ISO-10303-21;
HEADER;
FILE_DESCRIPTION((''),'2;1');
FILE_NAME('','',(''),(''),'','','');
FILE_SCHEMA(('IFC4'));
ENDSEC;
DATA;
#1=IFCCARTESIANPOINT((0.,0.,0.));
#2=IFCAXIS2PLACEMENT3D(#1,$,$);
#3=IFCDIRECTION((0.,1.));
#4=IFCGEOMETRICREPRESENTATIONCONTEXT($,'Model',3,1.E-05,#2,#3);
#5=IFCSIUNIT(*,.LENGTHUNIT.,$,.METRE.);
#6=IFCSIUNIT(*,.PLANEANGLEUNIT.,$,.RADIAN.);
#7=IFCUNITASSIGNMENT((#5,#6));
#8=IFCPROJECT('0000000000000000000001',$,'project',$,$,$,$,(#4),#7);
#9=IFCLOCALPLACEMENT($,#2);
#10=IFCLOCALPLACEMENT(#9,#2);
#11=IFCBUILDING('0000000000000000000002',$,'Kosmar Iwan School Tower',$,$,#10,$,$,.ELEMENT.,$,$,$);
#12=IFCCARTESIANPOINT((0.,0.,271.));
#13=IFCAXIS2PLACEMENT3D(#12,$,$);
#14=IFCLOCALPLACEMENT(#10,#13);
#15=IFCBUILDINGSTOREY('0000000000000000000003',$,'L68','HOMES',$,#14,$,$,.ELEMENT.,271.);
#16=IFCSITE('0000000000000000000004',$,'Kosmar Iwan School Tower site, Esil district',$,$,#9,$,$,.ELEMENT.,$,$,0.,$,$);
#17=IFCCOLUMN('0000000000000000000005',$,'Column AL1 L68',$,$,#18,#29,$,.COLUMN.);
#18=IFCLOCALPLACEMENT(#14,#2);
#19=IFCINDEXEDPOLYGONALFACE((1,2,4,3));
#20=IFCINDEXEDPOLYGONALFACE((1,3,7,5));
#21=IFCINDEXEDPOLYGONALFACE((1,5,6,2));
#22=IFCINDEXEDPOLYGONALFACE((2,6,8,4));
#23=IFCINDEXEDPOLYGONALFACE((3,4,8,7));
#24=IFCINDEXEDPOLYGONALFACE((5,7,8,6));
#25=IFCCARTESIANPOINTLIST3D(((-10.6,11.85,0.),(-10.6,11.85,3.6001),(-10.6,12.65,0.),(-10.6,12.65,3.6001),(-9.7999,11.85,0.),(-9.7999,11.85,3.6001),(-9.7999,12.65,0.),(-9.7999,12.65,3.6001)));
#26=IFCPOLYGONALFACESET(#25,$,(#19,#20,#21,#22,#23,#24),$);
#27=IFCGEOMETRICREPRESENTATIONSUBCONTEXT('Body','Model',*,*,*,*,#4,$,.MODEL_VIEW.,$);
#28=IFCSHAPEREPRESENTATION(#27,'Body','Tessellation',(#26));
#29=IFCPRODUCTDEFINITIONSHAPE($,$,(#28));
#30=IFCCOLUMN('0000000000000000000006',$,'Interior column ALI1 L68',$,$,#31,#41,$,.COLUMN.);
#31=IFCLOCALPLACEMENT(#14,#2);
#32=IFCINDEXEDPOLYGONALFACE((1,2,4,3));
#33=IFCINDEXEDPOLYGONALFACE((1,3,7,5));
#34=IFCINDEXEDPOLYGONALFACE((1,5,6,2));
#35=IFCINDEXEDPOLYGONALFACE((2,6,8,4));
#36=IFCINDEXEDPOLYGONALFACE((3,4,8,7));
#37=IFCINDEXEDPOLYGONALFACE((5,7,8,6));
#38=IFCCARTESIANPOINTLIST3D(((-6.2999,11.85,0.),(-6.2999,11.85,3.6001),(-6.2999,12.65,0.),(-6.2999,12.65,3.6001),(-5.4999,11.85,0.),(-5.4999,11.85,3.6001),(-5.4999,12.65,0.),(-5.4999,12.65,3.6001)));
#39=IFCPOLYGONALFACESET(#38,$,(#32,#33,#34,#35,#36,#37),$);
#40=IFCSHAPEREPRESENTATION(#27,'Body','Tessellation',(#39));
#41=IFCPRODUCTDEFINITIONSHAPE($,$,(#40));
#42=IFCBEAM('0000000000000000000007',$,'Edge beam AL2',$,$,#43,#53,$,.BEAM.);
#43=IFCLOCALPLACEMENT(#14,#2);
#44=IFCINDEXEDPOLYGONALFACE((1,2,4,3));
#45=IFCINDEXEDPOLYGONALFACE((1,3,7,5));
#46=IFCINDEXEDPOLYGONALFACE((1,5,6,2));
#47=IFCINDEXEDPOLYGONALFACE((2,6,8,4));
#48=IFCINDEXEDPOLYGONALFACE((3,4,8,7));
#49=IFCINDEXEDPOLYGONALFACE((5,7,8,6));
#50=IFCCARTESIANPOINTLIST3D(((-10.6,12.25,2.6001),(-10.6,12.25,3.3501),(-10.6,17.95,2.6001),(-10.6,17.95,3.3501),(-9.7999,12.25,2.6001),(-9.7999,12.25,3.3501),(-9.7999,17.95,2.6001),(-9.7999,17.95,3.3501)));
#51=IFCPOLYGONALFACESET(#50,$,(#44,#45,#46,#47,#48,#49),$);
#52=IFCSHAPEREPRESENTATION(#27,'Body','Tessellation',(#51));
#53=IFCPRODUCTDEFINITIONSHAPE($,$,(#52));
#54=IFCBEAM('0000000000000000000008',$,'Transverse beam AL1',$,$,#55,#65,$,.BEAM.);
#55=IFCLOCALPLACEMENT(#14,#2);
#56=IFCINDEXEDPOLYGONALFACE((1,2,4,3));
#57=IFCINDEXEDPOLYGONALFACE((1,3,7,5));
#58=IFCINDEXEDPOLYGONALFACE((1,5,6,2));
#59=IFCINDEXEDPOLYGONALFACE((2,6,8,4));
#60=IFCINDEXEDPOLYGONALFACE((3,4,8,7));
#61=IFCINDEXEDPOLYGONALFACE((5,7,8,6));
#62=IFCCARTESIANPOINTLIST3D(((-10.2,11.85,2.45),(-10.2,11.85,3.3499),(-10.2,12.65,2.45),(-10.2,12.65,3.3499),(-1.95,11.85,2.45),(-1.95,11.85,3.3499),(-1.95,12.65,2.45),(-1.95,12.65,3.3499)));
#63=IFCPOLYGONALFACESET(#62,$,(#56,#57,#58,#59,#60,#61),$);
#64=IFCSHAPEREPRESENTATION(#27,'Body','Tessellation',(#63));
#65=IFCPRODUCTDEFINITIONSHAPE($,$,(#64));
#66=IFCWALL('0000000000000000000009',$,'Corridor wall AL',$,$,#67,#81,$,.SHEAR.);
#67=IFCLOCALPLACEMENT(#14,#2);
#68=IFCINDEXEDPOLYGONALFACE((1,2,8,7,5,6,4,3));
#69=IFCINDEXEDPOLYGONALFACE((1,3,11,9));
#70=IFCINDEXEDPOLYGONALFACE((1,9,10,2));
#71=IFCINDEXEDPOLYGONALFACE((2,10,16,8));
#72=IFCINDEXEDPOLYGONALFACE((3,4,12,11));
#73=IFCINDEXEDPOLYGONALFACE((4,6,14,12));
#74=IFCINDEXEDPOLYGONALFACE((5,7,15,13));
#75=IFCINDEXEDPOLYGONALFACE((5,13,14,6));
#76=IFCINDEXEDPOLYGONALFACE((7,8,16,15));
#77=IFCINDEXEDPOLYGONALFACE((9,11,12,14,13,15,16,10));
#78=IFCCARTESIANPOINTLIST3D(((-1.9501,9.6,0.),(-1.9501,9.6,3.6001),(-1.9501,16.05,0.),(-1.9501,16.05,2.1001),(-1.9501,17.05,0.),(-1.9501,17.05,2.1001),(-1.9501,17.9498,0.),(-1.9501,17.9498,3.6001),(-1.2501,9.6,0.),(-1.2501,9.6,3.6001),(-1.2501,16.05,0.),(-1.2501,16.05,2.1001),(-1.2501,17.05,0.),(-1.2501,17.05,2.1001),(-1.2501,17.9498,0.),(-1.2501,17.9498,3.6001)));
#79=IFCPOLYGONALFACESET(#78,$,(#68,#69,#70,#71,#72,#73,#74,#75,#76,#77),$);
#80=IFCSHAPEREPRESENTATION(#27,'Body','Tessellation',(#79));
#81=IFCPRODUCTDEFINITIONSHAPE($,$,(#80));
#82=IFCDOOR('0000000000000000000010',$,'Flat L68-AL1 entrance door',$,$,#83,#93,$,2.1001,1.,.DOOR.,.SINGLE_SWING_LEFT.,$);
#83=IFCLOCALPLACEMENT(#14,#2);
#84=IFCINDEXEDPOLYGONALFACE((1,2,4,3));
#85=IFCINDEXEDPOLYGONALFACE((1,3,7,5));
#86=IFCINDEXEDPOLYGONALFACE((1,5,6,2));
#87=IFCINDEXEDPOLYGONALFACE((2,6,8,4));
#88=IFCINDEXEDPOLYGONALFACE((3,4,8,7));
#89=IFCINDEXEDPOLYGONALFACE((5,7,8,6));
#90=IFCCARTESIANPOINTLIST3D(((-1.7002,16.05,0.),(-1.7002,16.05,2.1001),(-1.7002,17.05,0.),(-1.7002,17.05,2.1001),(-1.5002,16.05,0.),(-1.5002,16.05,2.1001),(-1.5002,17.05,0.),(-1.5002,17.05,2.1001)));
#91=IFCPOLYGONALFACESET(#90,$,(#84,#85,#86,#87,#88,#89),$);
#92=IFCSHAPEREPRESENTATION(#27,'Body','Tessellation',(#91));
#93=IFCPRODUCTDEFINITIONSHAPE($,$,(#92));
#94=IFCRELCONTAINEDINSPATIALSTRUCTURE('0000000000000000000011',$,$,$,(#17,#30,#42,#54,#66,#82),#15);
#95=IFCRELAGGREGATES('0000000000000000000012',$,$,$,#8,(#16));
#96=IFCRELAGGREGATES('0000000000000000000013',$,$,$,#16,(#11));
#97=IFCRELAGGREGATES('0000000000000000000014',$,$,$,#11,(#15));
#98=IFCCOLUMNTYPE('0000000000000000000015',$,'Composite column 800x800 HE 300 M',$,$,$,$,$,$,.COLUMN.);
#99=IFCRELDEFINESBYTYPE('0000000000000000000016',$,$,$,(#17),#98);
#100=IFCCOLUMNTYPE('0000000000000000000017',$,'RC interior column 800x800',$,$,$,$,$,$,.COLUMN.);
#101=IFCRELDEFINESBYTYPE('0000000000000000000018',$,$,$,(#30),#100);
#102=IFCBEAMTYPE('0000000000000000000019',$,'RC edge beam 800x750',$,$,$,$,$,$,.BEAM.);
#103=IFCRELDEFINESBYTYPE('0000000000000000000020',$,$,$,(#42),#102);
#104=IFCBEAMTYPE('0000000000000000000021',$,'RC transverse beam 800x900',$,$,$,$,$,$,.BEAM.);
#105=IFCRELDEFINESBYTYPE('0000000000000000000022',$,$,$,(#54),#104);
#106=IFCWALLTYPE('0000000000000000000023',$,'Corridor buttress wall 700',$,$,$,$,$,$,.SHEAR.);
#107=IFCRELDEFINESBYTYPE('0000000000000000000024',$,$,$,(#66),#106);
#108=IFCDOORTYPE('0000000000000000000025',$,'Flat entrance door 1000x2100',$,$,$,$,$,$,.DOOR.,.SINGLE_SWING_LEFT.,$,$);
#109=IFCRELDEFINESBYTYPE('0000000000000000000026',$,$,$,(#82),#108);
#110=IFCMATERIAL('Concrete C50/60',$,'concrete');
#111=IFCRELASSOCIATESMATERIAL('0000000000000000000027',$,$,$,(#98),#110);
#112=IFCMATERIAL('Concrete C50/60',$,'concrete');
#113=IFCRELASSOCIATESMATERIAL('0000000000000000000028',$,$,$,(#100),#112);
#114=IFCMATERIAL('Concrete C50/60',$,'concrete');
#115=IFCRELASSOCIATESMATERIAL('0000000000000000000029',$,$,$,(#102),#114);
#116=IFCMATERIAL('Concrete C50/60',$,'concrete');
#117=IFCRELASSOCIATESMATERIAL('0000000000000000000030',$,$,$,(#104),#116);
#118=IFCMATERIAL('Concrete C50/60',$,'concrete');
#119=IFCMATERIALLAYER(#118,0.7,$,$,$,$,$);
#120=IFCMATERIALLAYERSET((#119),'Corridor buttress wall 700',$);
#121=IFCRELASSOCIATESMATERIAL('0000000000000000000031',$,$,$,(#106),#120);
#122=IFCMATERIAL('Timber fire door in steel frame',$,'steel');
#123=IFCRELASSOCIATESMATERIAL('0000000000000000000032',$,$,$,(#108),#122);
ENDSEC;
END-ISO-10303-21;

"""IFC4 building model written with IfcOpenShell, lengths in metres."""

from ifc_helpers import new_model, si_unit, direction, frame, frame_2d, origin, origin_2d, place, context, subcontext, project, spatial, rectangle, extrude, material, layer, layer_set, material_profile, profile_set, type_object, element, fill, save


model = new_model("IFC4")

# Units and contexts
model_context = context("Model", 3, precision=1e-05, world=origin(), true_north=direction((0.0, 1.0)))
body_context = subcontext(model_context, "Body", "Model", "MODEL_VIEW")
ifc_project = project(units=[si_unit("LENGTHUNIT", "METRE"), si_unit("PLANEANGLEUNIT", "RADIAN")], contexts=[model_context])

# Site, building, storey
site_placement = place(None, origin())
site = spatial("IfcSite", under=ifc_project, at=site_placement, Name="Kosmar Iwan School Tower site, Esil district", CompositionType="ELEMENT", RefElevation=0.0)
building_placement = place(site_placement, origin())
building = spatial("IfcBuilding", under=site, at=building_placement, Name="Kosmar Iwan School Tower", CompositionType="ELEMENT")
storey_placement = place(building_placement, frame((0.0, 0.0, 271.0)))
storey = spatial("IfcBuildingStorey", under=building, at=storey_placement, Name="L68", Description="HOMES", CompositionType="ELEMENT", Elevation=271.0)

# Columns
ifc_material_1 = material(Name="Concrete C50/60", Category="concrete")
ifc_material_profile_1 = material_profile(ifc_material_1, rectangle(XDim=0.8, YDim=0.8, at=origin_2d()), Name="RC 800x800 + HE 300 M")
ifc_profile_set_1 = profile_set([ifc_material_profile_1], Name="Concrete C50/60")
column_type_1 = type_object("IfcColumnType", Name="Composite column 800x800 HE 300 M", PredefinedType="COLUMN", material=ifc_profile_set_1)
column_1_placement = place(storey_placement, frame((-10.2, 12.25, 0.0), z_axis=(0.0, 0.0, 1.0), x_axis=(0.0, 1.0, 0.0)))
element("IfcColumn", 1, at=column_1_placement, inside=storey, type_object=column_type_1, Name="Column AL1 L68", PredefinedType="COLUMN", context=body_context, shape_type="SweptSolid", body=[
    extrude(rectangle(XDim=0.8, YDim=0.8, at=origin_2d()), origin(), (0.0, 0.0, 1.0), 3.6001),
])
ifc_material_2 = material(Name="Concrete C50/60", Category="concrete")
ifc_material_profile_2 = material_profile(ifc_material_2, rectangle(XDim=0.8, YDim=0.8, at=origin_2d()), Name="RC 800x800")
ifc_profile_set_2 = profile_set([ifc_material_profile_2], Name="Concrete C50/60")
column_type_2 = type_object("IfcColumnType", Name="RC interior column 800x800", PredefinedType="COLUMN", material=ifc_profile_set_2)
column_2_placement = place(storey_placement, frame((-5.8999, 12.25, 0.0), z_axis=(0.0, 0.0, 1.0), x_axis=(0.0, 1.0, 0.0)))
element("IfcColumn", 2, at=column_2_placement, inside=storey, type_object=column_type_2, Name="Interior column ALI1 L68", PredefinedType="COLUMN", context=body_context, shape_type="SweptSolid", body=[
    extrude(rectangle(XDim=0.8, YDim=0.8, at=origin_2d()), origin(), (0.0, 0.0, 1.0), 3.6001),
])

# Beams
ifc_material_3 = material(Name="Concrete C50/60", Category="concrete")
ifc_material_profile_3 = material_profile(ifc_material_3, rectangle(XDim=0.8, YDim=0.75, at=origin_2d()), Name="RC 800x750")
ifc_profile_set_3 = profile_set([ifc_material_profile_3], Name="Concrete C50/60")
beam_type_1 = type_object("IfcBeamType", Name="RC edge beam 800x750", PredefinedType="BEAM", material=ifc_profile_set_3)
beam_1_placement = place(storey_placement, frame((-10.2, 12.25, 2.9751), z_axis=(0.0, 1.0, 0.0), x_axis=(-1.0, 0.0, 0.0)))
element("IfcBeam", 3, at=beam_1_placement, inside=storey, type_object=beam_type_1, Name="Edge beam AL2", PredefinedType="BEAM", context=body_context, shape_type="SweptSolid", body=[
    extrude(rectangle(XDim=0.8, YDim=0.75, at=origin_2d()), origin(), (0.0, 0.0, 1.0), 5.7),
])
ifc_material_4 = material(Name="Concrete C50/60", Category="concrete")
ifc_material_profile_4 = material_profile(ifc_material_4, rectangle(XDim=0.8, YDim=0.8999, at=origin_2d()), Name="RC 800x900")
ifc_profile_set_4 = profile_set([ifc_material_profile_4], Name="Concrete C50/60")
beam_type_2 = type_object("IfcBeamType", Name="RC transverse beam 800x900", PredefinedType="BEAM", material=ifc_profile_set_4)
beam_2_placement = place(storey_placement, frame((-10.2, 12.25, 2.8999), z_axis=(1.0, 0.0, 0.0), x_axis=(0.0, 1.0, 0.0)))
element("IfcBeam", 4, at=beam_2_placement, inside=storey, type_object=beam_type_2, Name="Transverse beam AL1", PredefinedType="BEAM", context=body_context, shape_type="SweptSolid", body=[
    extrude(rectangle(XDim=0.8, YDim=0.8999, at=origin_2d()), origin(), (0.0, 0.0, 1.0), 8.25),
])

# Wall, opening, door
ifc_material_5 = material(Name="Concrete C50/60", Category="concrete")
ifc_layer_1 = layer(ifc_material_5, 0.7)
ifc_layer_set_1 = layer_set([ifc_layer_1], Name="Corridor buttress wall 700")
wall_type_1 = type_object("IfcWallType", Name="Corridor buttress wall 700", PredefinedType="SHEAR", material=ifc_layer_set_1)
wall_1_placement = place(storey_placement, frame((-1.6001, 9.6001, 0.0), z_axis=(0.0, 0.0, 1.0), x_axis=(0.0, 1.0, 0.0)))
wall_1 = element("IfcWall", 5, at=wall_1_placement, inside=storey, type_object=wall_type_1, Name="Corridor wall AL", PredefinedType="SHEAR", context=body_context, shape_type="SweptSolid", body=[
    extrude(rectangle(XDim=8.3499, YDim=0.7, at=frame_2d((4.1748, 0.0))), origin(), (0.0, 0.0, 1.0), 3.6001),
])
opening_1_placement = place(wall_1_placement, frame((6.45, 0.0, 0.0)))
opening_1 = element("IfcOpeningElement", 6, at=opening_1_placement, cuts=wall_1, PredefinedType="OPENING", context=body_context, shape_type="SweptSolid", body=[
    extrude(rectangle(XDim=1.0, YDim=2.1001, at=frame_2d((0.5, 1.05))), frame((0.0, 0.3621, 0.0), z_axis=(0.0, -1.0, 0.0), x_axis=(1.0, 0.0, 0.0)), (0.0, 0.0, 1.0), 0.7239),
])
ifc_material_6 = material(Name="Timber fire door in steel frame", Category="steel")
door_type_1 = type_object("IfcDoorType", Name="Flat entrance door 1000x2100", OperationType="SINGLE_SWING_LEFT", PredefinedType="DOOR", material=ifc_material_6)
door_1_placement = place(opening_1_placement, origin())
door_1 = element("IfcDoor", 7, at=door_1_placement, inside=storey, type_object=door_type_1, Name="Flat L68-AL1 entrance door", OperationType="SINGLE_SWING_LEFT", OverallHeight=2.1001, OverallWidth=1.0, PredefinedType="DOOR", context=body_context, shape_type="SweptSolid", body=[
    extrude(rectangle(XDim=1.0, YDim=2.1001, at=frame_2d((0.5, 1.05))), frame((0.0, 0.1001, 0.0), z_axis=(0.0, -1.0, 0.0), x_axis=(1.0, 0.0, 0.0)), (0.0, 0.0, 1.0), 0.2),
])
fill(opening_1, door_1)

save(model, "model.ifc")
